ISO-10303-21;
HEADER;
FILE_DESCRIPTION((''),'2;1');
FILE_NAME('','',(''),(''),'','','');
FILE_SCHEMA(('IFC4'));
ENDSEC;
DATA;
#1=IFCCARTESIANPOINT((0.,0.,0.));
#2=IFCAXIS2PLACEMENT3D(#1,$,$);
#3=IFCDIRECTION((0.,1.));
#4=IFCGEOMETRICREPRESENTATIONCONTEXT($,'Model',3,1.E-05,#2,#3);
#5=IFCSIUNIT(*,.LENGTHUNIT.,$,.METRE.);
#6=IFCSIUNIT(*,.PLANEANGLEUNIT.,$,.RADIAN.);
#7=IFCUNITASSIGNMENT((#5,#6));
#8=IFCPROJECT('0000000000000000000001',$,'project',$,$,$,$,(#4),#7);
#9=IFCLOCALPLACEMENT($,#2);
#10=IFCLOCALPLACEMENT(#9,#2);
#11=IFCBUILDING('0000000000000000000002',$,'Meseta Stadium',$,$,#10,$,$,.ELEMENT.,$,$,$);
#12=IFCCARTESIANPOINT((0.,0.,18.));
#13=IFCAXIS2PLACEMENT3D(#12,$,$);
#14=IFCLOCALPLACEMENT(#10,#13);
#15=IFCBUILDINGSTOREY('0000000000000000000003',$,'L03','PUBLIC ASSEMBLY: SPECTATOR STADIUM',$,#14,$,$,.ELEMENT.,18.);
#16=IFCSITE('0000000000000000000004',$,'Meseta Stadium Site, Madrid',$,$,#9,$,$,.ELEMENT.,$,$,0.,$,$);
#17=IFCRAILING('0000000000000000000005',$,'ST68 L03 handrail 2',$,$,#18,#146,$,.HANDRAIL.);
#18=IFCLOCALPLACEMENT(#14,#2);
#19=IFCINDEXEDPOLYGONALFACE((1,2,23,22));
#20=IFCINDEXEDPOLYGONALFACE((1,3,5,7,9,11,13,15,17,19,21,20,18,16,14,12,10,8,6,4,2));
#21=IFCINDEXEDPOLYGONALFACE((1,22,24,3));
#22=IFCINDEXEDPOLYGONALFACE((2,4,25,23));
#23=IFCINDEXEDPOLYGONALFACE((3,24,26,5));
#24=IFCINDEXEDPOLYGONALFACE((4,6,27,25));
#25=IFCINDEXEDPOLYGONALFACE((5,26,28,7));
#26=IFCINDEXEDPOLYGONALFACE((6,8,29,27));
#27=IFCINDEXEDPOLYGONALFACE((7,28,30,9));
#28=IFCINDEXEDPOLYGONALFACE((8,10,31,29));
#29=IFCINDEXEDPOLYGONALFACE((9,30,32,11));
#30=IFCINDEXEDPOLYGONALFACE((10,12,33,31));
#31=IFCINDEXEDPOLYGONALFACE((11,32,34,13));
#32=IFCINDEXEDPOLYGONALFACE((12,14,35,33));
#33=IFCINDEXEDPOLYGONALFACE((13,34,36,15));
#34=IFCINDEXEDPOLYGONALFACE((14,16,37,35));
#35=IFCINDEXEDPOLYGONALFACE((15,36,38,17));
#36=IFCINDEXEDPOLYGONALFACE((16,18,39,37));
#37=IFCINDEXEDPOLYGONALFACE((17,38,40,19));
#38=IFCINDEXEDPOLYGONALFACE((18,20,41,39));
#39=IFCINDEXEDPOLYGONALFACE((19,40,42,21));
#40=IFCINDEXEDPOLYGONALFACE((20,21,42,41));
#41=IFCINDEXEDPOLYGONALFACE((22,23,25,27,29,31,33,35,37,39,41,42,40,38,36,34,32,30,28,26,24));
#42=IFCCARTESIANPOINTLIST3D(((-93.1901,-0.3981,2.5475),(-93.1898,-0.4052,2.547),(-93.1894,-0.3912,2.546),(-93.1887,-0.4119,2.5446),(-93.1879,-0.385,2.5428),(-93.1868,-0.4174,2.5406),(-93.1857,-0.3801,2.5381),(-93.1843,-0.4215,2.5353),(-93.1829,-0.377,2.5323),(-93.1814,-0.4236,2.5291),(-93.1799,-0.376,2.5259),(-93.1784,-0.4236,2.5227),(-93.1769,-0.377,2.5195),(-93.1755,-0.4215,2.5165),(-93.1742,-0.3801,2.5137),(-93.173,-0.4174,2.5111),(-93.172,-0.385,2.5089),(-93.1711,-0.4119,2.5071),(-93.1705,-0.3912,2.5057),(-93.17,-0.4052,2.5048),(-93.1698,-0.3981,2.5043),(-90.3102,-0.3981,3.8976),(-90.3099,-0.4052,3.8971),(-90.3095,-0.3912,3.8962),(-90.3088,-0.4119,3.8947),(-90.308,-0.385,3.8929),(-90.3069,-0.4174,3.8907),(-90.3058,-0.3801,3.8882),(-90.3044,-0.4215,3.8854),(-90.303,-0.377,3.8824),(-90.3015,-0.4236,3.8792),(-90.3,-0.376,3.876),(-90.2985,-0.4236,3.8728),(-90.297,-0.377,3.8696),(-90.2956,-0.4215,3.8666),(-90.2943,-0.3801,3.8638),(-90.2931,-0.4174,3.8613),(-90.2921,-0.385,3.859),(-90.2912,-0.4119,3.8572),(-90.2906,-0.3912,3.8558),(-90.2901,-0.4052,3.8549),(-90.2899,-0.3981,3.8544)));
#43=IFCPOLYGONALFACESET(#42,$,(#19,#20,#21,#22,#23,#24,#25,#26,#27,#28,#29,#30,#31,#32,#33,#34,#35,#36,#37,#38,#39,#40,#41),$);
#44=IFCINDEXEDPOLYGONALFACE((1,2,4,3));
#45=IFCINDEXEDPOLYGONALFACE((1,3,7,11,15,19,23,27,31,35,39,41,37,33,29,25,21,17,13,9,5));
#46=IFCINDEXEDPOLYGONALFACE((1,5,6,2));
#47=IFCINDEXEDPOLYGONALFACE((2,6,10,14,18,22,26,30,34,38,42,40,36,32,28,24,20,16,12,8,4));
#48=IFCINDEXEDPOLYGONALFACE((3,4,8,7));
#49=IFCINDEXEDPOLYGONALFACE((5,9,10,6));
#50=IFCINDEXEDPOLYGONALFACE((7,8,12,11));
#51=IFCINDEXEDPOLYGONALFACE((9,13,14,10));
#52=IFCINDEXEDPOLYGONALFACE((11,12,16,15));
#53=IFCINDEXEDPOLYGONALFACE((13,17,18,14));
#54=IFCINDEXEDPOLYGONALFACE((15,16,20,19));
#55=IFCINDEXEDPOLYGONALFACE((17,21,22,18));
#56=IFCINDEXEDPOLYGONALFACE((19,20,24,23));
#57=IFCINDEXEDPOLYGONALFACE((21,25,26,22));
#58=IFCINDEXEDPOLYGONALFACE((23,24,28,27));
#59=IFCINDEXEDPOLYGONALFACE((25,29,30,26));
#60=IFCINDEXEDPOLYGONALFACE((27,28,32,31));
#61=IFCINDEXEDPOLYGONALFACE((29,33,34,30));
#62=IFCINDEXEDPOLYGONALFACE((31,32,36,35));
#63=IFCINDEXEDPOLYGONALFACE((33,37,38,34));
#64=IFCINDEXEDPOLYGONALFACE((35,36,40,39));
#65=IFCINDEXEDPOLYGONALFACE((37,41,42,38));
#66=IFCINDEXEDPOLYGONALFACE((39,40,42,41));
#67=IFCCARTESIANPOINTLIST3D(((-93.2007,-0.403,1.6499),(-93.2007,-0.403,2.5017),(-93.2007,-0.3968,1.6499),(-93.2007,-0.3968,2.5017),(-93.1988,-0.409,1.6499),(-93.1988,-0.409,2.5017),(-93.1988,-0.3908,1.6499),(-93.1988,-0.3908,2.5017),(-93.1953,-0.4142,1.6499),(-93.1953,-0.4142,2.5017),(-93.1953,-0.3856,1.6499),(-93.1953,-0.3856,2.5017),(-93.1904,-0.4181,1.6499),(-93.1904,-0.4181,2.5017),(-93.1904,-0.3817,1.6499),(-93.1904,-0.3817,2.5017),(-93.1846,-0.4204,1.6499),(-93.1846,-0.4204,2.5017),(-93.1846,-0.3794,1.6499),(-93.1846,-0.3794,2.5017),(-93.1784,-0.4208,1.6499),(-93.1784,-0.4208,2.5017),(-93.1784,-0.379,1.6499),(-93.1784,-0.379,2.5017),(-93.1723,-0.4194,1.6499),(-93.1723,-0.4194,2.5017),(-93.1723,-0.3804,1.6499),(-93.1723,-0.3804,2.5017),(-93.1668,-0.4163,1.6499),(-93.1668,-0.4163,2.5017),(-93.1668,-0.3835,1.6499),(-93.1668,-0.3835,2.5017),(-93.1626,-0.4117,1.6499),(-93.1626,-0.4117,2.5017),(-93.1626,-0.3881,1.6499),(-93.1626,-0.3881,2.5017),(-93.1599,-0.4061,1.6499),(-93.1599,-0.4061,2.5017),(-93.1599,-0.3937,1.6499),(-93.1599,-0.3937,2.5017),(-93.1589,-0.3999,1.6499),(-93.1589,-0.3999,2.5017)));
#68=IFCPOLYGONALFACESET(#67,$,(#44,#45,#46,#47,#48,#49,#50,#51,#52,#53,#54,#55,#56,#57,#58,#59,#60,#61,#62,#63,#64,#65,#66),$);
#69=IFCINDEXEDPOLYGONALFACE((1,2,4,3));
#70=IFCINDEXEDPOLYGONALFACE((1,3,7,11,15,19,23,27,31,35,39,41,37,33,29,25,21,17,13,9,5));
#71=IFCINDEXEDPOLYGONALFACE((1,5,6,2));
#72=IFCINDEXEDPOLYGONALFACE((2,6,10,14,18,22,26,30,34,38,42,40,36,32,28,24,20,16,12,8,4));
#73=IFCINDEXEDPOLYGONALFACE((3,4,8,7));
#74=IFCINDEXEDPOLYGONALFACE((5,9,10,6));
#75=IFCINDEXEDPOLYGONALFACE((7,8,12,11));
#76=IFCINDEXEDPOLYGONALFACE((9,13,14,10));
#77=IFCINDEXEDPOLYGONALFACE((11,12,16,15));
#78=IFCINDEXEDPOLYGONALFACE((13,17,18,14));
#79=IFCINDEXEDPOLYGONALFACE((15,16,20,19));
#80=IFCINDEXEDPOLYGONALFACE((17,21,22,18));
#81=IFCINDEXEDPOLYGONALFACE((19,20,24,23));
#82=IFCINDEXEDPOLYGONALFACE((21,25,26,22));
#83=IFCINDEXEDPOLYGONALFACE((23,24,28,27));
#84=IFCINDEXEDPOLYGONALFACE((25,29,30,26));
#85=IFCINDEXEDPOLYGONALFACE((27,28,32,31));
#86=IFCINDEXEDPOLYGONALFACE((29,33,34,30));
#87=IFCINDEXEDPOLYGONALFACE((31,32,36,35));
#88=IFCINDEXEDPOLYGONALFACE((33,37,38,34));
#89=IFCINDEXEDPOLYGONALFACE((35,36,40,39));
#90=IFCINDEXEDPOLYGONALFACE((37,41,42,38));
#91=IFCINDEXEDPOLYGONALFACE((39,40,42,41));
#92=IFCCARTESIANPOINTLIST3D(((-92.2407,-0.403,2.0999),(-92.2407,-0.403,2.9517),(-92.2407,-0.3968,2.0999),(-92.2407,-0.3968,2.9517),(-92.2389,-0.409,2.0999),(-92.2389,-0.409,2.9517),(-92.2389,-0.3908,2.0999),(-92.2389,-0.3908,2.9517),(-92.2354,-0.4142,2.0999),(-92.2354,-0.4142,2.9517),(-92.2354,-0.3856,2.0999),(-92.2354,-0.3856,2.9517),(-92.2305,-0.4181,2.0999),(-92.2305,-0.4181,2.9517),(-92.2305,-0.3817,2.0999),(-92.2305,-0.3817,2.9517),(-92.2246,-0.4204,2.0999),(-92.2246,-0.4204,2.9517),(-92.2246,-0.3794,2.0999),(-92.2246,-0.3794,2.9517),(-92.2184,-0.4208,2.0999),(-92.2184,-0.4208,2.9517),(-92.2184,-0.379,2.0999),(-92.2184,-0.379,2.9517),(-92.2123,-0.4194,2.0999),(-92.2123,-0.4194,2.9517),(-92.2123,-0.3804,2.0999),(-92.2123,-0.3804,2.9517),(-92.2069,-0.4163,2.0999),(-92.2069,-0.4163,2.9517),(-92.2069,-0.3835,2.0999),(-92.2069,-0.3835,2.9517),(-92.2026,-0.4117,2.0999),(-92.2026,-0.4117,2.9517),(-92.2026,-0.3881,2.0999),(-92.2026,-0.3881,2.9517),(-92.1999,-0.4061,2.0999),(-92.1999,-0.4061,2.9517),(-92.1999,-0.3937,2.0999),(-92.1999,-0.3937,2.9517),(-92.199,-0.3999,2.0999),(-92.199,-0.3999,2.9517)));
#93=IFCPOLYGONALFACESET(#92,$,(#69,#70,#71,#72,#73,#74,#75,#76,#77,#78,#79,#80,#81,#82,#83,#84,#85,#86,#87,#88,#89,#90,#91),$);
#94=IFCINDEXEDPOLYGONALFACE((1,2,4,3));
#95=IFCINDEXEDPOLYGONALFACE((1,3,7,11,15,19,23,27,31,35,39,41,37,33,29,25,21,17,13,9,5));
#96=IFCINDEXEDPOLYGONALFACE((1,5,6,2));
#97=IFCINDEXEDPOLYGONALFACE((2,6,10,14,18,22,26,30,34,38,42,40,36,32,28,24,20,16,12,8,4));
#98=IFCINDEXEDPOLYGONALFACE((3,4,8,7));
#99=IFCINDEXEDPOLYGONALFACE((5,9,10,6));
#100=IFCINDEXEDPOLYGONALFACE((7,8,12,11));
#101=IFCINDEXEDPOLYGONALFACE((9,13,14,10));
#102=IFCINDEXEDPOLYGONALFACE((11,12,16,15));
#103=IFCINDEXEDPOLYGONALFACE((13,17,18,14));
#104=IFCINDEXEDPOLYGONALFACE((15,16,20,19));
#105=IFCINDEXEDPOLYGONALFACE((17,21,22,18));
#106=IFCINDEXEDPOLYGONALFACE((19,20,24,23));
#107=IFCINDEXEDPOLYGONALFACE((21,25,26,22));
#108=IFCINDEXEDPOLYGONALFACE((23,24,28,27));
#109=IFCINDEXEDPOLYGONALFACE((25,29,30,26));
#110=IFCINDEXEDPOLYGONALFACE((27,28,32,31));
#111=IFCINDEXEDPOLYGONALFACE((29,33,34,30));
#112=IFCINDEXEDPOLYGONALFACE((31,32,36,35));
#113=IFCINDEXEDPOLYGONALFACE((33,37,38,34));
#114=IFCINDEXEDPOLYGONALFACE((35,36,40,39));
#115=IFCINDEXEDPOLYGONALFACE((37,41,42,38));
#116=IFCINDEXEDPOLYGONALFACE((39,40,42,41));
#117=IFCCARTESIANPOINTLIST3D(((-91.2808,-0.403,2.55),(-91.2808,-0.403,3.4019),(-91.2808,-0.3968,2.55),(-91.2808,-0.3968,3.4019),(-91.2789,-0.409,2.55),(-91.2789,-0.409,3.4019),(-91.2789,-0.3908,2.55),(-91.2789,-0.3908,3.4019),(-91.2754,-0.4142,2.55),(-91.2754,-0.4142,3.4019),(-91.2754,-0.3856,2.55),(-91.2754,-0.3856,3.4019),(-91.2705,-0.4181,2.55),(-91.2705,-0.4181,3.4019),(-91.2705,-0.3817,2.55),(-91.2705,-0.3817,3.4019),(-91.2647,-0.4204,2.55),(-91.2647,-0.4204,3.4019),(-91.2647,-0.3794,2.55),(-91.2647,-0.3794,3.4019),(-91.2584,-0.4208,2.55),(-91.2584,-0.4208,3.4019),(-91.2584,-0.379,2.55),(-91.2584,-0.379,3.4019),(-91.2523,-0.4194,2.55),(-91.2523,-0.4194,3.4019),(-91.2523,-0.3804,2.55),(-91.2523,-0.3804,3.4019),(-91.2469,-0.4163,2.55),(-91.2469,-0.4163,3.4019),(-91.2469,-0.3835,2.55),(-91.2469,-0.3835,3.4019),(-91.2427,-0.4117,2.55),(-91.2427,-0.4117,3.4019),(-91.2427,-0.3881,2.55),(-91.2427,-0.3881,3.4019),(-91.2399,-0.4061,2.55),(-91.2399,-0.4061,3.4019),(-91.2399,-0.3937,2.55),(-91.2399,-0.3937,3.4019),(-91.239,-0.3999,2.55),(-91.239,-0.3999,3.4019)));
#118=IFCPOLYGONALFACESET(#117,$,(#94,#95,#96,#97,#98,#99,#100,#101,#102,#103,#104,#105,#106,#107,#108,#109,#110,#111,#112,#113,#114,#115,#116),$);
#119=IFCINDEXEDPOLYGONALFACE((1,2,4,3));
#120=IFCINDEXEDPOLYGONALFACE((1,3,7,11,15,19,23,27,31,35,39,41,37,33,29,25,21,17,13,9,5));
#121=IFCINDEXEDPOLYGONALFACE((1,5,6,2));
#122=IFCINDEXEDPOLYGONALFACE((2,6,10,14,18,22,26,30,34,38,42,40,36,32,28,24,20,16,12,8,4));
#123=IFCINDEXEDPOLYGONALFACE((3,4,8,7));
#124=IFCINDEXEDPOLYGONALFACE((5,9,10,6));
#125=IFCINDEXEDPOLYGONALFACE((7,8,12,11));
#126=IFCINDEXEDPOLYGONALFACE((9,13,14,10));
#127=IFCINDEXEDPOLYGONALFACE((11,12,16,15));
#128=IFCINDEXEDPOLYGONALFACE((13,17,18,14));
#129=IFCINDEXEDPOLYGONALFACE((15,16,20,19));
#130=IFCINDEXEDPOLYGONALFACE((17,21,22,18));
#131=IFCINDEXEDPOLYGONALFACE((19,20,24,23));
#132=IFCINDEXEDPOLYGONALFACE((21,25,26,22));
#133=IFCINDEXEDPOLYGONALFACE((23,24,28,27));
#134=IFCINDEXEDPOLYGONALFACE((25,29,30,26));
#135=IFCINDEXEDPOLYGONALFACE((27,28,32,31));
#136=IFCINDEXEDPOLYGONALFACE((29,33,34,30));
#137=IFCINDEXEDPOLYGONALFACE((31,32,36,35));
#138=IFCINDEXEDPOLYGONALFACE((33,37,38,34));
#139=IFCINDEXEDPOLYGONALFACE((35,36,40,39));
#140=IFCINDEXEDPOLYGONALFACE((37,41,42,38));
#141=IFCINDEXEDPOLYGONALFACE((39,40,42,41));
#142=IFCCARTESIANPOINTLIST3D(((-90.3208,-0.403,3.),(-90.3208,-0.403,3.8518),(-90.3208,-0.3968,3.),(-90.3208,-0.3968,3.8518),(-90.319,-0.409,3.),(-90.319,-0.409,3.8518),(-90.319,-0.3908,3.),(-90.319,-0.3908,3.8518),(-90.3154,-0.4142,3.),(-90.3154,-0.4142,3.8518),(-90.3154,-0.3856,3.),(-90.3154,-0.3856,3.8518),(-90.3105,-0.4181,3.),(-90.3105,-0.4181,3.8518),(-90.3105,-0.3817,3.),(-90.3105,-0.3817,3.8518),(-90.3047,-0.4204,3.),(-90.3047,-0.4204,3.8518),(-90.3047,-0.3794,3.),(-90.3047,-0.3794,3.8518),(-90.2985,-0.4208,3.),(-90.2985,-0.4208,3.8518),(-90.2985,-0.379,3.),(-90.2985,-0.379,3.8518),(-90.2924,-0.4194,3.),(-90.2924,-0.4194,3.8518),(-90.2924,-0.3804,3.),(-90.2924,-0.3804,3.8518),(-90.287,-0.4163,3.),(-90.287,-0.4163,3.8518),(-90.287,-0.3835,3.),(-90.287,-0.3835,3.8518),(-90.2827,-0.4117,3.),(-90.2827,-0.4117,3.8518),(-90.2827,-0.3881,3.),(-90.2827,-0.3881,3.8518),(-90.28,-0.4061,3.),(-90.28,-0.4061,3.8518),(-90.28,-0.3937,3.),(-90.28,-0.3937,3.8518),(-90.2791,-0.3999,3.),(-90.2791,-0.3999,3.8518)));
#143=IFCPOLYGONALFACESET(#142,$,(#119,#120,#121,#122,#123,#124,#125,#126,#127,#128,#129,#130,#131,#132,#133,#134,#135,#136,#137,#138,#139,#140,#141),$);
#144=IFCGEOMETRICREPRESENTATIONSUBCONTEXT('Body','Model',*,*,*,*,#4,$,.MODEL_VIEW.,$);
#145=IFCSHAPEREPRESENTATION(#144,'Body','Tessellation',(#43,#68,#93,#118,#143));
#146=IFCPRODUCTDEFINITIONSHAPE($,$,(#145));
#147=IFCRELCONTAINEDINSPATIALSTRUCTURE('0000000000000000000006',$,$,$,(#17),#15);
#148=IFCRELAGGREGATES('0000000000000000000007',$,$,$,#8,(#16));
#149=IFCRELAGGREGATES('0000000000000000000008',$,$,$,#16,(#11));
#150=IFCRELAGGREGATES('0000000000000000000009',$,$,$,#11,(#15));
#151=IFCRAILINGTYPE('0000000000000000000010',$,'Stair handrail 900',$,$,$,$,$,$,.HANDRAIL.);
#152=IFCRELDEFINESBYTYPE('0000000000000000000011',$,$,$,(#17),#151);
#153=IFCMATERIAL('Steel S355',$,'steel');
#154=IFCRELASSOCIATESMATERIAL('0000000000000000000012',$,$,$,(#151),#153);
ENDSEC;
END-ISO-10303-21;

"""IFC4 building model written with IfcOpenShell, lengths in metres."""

from ifc_helpers import new_model, si_unit, direction, frame, origin, origin_2d, place, context, subcontext, project, spatial, circle, extrude, material, type_object, element, save


model = new_model("IFC4")

# Units and contexts
model_context = context("Model", 3, precision=1e-05, world=origin(), true_north=direction((0.0, 1.0)))
body_context = subcontext(model_context, "Body", "Model", "MODEL_VIEW")
ifc_project = project(units=[si_unit("LENGTHUNIT", "METRE"), si_unit("PLANEANGLEUNIT", "RADIAN")], contexts=[model_context])

# Site, building, storey
site_placement = place(None, origin())
site = spatial("IfcSite", under=ifc_project, at=site_placement, Name="Meseta Stadium Site, Madrid", CompositionType="ELEMENT", RefElevation=0.0)
building_placement = place(site_placement, origin())
building = spatial("IfcBuilding", under=site, at=building_placement, Name="Meseta Stadium", CompositionType="ELEMENT")
storey_placement = place(building_placement, frame((0.0, 0.0, 18.0)))
storey = spatial("IfcBuildingStorey", under=building, at=storey_placement, Name="L03", Description="PUBLIC ASSEMBLY: SPECTATOR STADIUM", CompositionType="ELEMENT", Elevation=18.0)

# Railing
ifc_material_1 = material(Name="Steel S355", Category="steel")
railing_type = type_object("IfcRailingType", Name="Stair handrail 900", PredefinedType="HANDRAIL", material=ifc_material_1)
for number, where, name in (
    (1, (-93.1799, -0.3999, 1.6499), "ST68 L03 handrail 2"),
):
    element("IfcRailing", number, at=place(storey_placement, frame(where)), inside=storey, type_object=railing_type, Name=name, PredefinedType="HANDRAIL", context=body_context, shape_type="SweptSolid", body=[
        extrude(circle(Radius=0.0239, at=origin_2d()), frame((0.0, 0.0, 0.876), z_axis=(0.90544, 0.0, 0.424473), x_axis=(0.0, 1.0, 0.0)), (0.0, 0.0, 1.0), 3.1807),
        extrude(circle(Radius=0.021, at=origin_2d()), origin(), (0.0, 0.0, 1.0), 0.8518),
        extrude(circle(Radius=0.021, at=origin_2d()), frame((0.96, 0.0, 0.45)), (0.0, 0.0, 1.0), 0.8518),
        extrude(circle(Radius=0.021, at=origin_2d()), frame((1.9199, 0.0, 0.9001)), (0.0, 0.0, 1.0), 0.8518),
        extrude(circle(Radius=0.021, at=origin_2d()), frame((2.8799, 0.0, 1.3501)), (0.0, 0.0, 1.0), 0.8518),
    ])

save(model, "model.ifc")
